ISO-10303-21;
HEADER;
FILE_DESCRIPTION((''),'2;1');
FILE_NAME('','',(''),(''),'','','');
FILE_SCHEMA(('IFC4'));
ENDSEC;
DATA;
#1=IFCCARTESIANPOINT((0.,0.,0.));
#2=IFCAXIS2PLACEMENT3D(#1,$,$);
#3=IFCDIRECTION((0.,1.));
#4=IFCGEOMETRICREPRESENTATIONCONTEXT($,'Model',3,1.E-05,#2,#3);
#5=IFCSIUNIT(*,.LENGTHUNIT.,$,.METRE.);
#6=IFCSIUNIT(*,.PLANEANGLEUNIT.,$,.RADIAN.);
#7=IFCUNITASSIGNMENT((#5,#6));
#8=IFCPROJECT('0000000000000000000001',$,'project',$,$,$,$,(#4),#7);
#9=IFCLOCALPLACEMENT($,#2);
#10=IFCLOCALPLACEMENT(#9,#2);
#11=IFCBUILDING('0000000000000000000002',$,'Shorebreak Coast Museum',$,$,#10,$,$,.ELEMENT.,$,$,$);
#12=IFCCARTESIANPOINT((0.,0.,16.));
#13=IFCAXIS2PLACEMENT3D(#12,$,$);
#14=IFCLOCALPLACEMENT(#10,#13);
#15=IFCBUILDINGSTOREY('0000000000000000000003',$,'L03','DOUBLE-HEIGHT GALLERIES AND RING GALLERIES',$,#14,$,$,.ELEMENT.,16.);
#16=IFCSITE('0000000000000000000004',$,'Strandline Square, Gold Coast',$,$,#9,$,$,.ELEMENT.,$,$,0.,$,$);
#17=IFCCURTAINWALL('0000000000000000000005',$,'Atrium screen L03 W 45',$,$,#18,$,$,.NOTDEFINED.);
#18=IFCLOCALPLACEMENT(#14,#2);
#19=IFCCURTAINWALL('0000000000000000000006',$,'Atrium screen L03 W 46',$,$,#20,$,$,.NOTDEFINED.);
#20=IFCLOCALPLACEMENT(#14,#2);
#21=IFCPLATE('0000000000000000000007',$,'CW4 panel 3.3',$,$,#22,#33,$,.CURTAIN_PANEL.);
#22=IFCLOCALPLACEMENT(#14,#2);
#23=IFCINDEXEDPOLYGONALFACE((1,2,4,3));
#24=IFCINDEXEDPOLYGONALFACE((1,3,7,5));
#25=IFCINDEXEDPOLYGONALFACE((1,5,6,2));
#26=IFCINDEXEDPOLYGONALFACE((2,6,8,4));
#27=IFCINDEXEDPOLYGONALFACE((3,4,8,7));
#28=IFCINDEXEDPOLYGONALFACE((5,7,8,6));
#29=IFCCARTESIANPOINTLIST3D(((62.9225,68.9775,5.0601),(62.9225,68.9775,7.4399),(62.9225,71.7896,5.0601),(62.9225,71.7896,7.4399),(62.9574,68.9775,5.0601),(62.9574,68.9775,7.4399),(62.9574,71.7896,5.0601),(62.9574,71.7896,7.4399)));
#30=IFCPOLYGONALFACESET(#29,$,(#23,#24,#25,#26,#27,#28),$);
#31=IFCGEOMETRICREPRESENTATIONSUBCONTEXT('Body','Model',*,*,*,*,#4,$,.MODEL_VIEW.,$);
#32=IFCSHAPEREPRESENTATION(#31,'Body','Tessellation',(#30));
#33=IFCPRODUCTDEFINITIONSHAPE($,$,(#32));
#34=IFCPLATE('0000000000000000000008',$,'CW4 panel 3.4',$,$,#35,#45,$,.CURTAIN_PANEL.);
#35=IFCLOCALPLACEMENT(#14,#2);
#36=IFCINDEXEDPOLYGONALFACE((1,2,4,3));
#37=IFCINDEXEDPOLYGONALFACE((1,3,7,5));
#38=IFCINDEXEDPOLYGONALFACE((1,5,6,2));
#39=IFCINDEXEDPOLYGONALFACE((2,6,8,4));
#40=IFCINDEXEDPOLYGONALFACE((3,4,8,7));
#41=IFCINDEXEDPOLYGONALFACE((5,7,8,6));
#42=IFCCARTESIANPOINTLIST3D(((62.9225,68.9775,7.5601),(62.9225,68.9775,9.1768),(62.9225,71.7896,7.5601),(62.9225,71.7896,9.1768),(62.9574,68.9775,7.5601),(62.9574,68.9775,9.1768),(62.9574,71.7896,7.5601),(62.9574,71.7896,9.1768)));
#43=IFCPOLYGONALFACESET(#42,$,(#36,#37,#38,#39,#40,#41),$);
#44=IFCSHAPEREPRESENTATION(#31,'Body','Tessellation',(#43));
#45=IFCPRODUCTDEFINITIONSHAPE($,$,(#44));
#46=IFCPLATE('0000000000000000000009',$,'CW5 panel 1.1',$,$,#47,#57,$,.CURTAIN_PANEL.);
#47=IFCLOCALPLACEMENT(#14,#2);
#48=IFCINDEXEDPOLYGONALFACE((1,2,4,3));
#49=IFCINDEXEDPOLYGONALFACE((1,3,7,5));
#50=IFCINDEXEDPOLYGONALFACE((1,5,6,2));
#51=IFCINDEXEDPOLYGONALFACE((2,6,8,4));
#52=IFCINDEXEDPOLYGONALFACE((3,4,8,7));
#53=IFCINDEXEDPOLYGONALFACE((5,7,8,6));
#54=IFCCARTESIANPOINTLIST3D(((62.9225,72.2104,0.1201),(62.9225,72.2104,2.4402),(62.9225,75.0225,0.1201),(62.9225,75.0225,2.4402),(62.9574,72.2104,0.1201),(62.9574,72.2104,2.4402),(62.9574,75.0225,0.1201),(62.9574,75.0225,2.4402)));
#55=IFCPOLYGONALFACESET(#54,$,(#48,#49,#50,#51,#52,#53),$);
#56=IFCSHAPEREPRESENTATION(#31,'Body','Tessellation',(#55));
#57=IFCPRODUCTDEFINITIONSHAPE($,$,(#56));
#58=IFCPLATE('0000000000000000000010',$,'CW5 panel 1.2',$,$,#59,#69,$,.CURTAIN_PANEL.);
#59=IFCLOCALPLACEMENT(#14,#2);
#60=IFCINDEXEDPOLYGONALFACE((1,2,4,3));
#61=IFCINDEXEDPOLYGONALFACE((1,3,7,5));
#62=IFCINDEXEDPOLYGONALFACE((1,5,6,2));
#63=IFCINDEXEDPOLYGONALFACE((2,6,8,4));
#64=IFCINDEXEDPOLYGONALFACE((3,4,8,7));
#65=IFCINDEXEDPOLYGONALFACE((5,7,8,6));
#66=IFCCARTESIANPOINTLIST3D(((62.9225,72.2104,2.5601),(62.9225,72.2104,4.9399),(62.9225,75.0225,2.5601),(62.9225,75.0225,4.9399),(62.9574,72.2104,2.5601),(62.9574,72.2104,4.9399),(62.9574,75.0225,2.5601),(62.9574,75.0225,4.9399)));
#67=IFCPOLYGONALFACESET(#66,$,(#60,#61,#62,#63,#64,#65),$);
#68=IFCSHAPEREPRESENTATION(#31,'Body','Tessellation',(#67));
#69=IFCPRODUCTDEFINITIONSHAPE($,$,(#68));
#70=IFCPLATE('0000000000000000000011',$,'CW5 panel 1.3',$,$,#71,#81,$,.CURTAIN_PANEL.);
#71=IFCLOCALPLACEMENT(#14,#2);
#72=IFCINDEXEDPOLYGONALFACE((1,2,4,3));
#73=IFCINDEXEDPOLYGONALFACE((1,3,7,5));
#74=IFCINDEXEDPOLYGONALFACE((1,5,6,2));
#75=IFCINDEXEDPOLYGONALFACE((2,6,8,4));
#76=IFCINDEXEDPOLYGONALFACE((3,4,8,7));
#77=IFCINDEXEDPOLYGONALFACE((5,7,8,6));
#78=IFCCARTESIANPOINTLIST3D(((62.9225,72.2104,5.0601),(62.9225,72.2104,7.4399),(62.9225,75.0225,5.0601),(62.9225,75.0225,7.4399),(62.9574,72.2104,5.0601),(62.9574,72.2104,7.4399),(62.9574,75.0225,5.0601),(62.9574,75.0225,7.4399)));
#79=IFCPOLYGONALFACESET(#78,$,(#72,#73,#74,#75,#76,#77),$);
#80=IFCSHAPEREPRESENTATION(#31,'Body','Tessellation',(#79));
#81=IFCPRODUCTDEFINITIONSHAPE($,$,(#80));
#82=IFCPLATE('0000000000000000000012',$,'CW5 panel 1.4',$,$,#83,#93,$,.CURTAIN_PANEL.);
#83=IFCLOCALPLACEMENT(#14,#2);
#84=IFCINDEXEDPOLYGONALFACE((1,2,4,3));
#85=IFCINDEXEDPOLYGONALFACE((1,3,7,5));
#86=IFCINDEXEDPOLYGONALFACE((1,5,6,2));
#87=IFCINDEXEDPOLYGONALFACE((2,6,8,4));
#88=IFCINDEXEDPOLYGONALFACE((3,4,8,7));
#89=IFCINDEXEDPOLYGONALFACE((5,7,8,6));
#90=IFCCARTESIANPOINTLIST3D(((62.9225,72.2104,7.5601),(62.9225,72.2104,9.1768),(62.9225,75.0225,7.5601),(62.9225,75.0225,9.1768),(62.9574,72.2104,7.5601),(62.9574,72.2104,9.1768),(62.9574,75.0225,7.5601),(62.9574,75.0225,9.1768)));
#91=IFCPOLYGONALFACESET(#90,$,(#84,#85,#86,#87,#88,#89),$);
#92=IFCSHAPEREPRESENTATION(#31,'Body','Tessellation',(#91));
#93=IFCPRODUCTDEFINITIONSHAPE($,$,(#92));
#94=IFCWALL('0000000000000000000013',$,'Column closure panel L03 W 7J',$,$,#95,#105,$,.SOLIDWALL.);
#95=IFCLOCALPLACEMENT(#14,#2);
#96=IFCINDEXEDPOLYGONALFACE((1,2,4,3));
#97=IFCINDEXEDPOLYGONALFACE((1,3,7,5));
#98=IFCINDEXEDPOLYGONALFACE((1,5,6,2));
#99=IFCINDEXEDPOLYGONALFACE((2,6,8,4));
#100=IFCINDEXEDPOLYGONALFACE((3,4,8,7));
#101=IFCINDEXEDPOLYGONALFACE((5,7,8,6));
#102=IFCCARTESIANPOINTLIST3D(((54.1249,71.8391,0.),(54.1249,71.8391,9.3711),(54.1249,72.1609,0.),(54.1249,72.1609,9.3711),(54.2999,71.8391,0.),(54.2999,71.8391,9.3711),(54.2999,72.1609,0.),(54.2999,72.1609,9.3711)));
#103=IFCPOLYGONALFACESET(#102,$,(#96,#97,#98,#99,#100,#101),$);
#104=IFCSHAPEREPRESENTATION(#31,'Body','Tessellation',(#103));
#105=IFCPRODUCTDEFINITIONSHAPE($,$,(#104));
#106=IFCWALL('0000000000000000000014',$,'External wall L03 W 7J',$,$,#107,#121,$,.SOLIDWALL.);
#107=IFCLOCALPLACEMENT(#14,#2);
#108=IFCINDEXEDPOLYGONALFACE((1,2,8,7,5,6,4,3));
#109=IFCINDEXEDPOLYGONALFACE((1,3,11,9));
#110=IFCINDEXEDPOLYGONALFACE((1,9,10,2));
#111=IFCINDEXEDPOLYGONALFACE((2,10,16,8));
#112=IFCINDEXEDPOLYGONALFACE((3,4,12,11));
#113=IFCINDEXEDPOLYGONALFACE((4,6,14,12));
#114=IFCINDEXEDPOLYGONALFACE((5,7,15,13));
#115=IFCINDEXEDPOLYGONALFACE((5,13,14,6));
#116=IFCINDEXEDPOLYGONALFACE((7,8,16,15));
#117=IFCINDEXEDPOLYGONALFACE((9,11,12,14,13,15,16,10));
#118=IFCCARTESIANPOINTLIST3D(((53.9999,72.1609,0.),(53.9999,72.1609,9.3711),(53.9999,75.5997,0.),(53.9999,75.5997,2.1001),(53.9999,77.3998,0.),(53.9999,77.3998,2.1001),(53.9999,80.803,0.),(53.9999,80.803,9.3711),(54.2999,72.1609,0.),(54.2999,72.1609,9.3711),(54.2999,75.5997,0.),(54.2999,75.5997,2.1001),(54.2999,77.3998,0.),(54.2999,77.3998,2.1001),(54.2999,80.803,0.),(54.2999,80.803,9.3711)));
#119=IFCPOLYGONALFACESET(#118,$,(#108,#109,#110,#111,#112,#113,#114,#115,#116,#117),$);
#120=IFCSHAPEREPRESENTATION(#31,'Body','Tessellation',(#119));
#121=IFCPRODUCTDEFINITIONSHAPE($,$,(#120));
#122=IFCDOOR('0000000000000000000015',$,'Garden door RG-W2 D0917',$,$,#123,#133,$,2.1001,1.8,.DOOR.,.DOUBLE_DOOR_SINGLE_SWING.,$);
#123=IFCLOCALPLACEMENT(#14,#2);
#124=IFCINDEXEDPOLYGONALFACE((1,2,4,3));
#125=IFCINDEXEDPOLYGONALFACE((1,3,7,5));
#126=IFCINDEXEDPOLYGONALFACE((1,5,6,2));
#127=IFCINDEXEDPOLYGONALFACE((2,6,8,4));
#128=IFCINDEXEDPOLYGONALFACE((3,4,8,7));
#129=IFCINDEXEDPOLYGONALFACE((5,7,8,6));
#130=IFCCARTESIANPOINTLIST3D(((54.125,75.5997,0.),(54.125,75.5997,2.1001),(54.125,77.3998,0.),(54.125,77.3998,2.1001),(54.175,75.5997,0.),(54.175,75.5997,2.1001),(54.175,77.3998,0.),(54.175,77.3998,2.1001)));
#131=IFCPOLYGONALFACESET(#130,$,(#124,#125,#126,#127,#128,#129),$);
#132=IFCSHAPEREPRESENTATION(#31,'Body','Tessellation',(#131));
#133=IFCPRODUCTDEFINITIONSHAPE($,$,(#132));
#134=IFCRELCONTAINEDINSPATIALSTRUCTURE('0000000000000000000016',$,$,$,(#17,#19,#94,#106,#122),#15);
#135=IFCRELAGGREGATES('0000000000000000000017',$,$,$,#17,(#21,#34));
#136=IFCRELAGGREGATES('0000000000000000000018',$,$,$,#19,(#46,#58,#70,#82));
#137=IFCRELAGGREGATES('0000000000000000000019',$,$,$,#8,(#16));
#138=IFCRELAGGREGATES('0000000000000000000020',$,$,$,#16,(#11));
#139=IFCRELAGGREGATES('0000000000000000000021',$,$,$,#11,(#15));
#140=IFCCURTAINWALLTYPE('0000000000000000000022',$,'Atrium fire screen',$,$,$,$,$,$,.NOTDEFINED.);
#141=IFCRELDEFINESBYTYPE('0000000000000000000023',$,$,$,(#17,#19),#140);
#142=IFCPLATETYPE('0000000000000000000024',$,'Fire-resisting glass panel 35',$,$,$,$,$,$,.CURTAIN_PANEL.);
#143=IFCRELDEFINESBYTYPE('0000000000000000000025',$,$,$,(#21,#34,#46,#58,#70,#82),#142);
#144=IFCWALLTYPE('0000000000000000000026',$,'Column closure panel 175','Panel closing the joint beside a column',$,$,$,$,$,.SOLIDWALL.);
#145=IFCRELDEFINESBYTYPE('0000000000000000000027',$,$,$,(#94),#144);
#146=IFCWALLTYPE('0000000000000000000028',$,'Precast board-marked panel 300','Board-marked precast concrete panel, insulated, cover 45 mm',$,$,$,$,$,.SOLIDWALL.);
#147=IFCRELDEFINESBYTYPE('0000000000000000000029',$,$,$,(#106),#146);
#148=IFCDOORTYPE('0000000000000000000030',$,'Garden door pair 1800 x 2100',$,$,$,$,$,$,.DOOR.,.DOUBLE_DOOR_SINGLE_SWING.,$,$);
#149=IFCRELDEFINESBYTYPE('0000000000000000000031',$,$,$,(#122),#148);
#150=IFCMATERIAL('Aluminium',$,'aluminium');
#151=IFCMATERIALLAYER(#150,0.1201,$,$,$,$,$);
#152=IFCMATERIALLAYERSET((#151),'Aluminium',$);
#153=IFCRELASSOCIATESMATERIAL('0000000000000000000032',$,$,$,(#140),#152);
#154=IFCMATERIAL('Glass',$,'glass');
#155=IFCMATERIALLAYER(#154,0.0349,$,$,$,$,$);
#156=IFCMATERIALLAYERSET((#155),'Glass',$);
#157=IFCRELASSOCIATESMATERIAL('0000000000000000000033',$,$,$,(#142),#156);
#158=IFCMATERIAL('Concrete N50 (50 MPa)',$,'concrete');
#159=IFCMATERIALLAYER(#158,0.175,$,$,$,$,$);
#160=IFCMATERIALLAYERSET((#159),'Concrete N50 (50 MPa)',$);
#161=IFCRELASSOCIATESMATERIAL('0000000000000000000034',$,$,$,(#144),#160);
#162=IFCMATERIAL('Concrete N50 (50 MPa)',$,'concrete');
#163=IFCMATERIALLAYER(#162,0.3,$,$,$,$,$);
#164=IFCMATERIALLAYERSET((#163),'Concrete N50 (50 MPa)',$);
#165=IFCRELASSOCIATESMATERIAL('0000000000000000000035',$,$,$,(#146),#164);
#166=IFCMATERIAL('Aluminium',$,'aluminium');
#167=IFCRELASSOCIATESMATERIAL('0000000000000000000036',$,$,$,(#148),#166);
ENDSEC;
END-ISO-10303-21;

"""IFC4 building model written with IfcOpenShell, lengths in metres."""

from ifc_helpers import new_model, si_unit, direction, frame, frame_2d, origin, origin_2d, place, context, subcontext, project, spatial, rectangle, extrude, material, layer, layer_set, type_object, element, fill, aggregate, save


model = new_model("IFC4")

# Units and contexts
model_context = context("Model", 3, precision=1e-05, world=origin(), true_north=direction((0.0, 1.0)))
body_context = subcontext(model_context, "Body", "Model", "MODEL_VIEW")
ifc_project = project(units=[si_unit("LENGTHUNIT", "METRE"), si_unit("PLANEANGLEUNIT", "RADIAN")], contexts=[model_context])

# Site, building, storey
site_placement = place(None, origin())
site = spatial("IfcSite", under=ifc_project, at=site_placement, Name="Strandline Square, Gold Coast", CompositionType="ELEMENT", RefElevation=0.0)
building_placement = place(site_placement, origin())
building = spatial("IfcBuilding", under=site, at=building_placement, Name="Shorebreak Coast Museum", CompositionType="ELEMENT")
storey_placement = place(building_placement, frame((0.0, 0.0, 16.0)))
storey = spatial("IfcBuildingStorey", under=building, at=storey_placement, Name="L03", Description="DOUBLE-HEIGHT GALLERIES AND RING GALLERIES", CompositionType="ELEMENT", Elevation=16.0)

# Curtain walls
ifc_material_1 = material(Name="Aluminium", Category="aluminium")
ifc_layer_1 = layer(ifc_material_1, 0.1201)
ifc_layer_set_1 = layer_set([ifc_layer_1], Name="Aluminium")
curtain_wall_type = type_object("IfcCurtainWallType", Name="Atrium fire screen", PredefinedType="NOTDEFINED", material=ifc_layer_set_1)
curtain_wall_1_placement = place(storey_placement, origin())
curtain_wall_1 = element("IfcCurtainWall", 1, at=curtain_wall_1_placement, inside=storey, type_object=curtain_wall_type, Name="Atrium screen L03 W 45", PredefinedType="NOTDEFINED")
curtain_wall_2_placement = place(storey_placement, origin())
curtain_wall_2 = element("IfcCurtainWall", 2, at=curtain_wall_2_placement, inside=storey, type_object=curtain_wall_type, Name="Atrium screen L03 W 46", PredefinedType="NOTDEFINED")

# Plates
ifc_material_2 = material(Name="Glass", Category="glass")
ifc_layer_2 = layer(ifc_material_2, 0.0349)
ifc_layer_set_2 = layer_set([ifc_layer_2], Name="Glass")
plate_type = type_object("IfcPlateType", Name="Fire-resisting glass panel 35", PredefinedType="CURTAIN_PANEL", material=ifc_layer_set_2)
plate_1_placement = place(storey_placement, frame((62.9399, 70.3835, 5.0601), z_axis=(0.0, 0.0, 1.0), x_axis=(0.0, 1.0, 0.0)))
plate_1 = element("IfcPlate", 3, at=plate_1_placement, type_object=plate_type, Name="CW4 panel 3.3", PredefinedType="CURTAIN_PANEL", context=body_context, shape_type="SweptSolid", body=[
    extrude(rectangle(XDim=2.812, YDim=0.0349, at=origin_2d()), origin(), (0.0, 0.0, 1.0), 2.3799),
])
plate_2_placement = place(storey_placement, frame((62.9399, 70.3835, 7.5601), z_axis=(0.0, 0.0, 1.0), x_axis=(0.0, 1.0, 0.0)))
plate_2 = element("IfcPlate", 4, at=plate_2_placement, type_object=plate_type, Name="CW4 panel 3.4", PredefinedType="CURTAIN_PANEL", context=body_context, shape_type="SweptSolid", body=[
    extrude(rectangle(XDim=2.812, YDim=0.0349, at=origin_2d()), origin(), (0.0, 0.0, 1.0), 1.6167),
])
aggregate(curtain_wall_1, [plate_1, plate_2])
plate_3_placement = place(storey_placement, frame((62.9399, 73.6165, 0.1201), z_axis=(0.0, 0.0, 1.0), x_axis=(0.0, 1.0, 0.0)))
plate_3 = element("IfcPlate", 5, at=plate_3_placement, type_object=plate_type, Name="CW5 panel 1.1", PredefinedType="CURTAIN_PANEL", context=body_context, shape_type="SweptSolid", body=[
    extrude(rectangle(XDim=2.812, YDim=0.0349, at=origin_2d()), origin(), (0.0, 0.0, 1.0), 2.3201),
])
plate_4_placement = place(storey_placement, frame((62.9399, 73.6165, 2.5601), z_axis=(0.0, 0.0, 1.0), x_axis=(0.0, 1.0, 0.0)))
plate_4 = element("IfcPlate", 6, at=plate_4_placement, type_object=plate_type, Name="CW5 panel 1.2", PredefinedType="CURTAIN_PANEL", context=body_context, shape_type="SweptSolid", body=[
    extrude(rectangle(XDim=2.812, YDim=0.0349, at=origin_2d()), origin(), (0.0, 0.0, 1.0), 2.3799),
])
plate_5_placement = place(storey_placement, frame((62.9399, 73.6165, 5.0601), z_axis=(0.0, 0.0, 1.0), x_axis=(0.0, 1.0, 0.0)))
plate_5 = element("IfcPlate", 7, at=plate_5_placement, type_object=plate_type, Name="CW5 panel 1.3", PredefinedType="CURTAIN_PANEL", context=body_context, shape_type="SweptSolid", body=[
    extrude(rectangle(XDim=2.812, YDim=0.0349, at=origin_2d()), origin(), (0.0, 0.0, 1.0), 2.3799),
])
plate_6_placement = place(storey_placement, frame((62.9399, 73.6165, 7.5601), z_axis=(0.0, 0.0, 1.0), x_axis=(0.0, 1.0, 0.0)))
plate_6 = element("IfcPlate", 8, at=plate_6_placement, type_object=plate_type, Name="CW5 panel 1.4", PredefinedType="CURTAIN_PANEL", context=body_context, shape_type="SweptSolid", body=[
    extrude(rectangle(XDim=2.812, YDim=0.0349, at=origin_2d()), origin(), (0.0, 0.0, 1.0), 1.6167),
])
aggregate(curtain_wall_2, [plate_3, plate_4, plate_5, plate_6])

# Wall
ifc_material_3 = material(Name="Concrete N50 (50 MPa)", Category="concrete")
ifc_layer_3 = layer(ifc_material_3, 0.175)
ifc_layer_set_3 = layer_set([ifc_layer_3], Name="Concrete N50 (50 MPa)")
wall_type_1 = type_object("IfcWallType", Name="Column closure panel 175", Description="Panel closing the joint beside a column", PredefinedType="SOLIDWALL", material=ifc_layer_set_3)
wall_1_placement = place(storey_placement, frame((54.2124, 71.8391, 0.0), z_axis=(0.0, 0.0, 1.0), x_axis=(0.0, 1.0, 0.0)))
element("IfcWall", 9, at=wall_1_placement, inside=storey, type_object=wall_type_1, Name="Column closure panel L03 W 7J", PredefinedType="SOLIDWALL", context=body_context, shape_type="SweptSolid", body=[
    extrude(rectangle(XDim=0.3218, YDim=0.175, at=frame_2d((0.1609, 0.0))), origin(), (0.0, 0.0, 1.0), 9.3711),
])

# Wall, opening, door
ifc_material_4 = material(Name="Concrete N50 (50 MPa)", Category="concrete")
ifc_layer_4 = layer(ifc_material_4, 0.3)
ifc_layer_set_4 = layer_set([ifc_layer_4], Name="Concrete N50 (50 MPa)")
wall_type_2 = type_object("IfcWallType", Name="Precast board-marked panel 300", Description="Board-marked precast concrete panel, insulated, cover 45 mm", PredefinedType="SOLIDWALL", material=ifc_layer_set_4)
wall_2_placement = place(storey_placement, frame((54.1499, 72.1609, 0.0), z_axis=(0.0, 0.0, 1.0), x_axis=(0.0, 1.0, 0.0)))
wall_2 = element("IfcWall", 10, at=wall_2_placement, inside=storey, type_object=wall_type_2, Name="External wall L03 W 7J", PredefinedType="SOLIDWALL", context=body_context, shape_type="SweptSolid", body=[
    extrude(rectangle(XDim=8.6421, YDim=0.3, at=frame_2d((4.321, 0.0))), origin(), (0.0, 0.0, 1.0), 9.3711),
])
opening_placement = place(wall_2_placement, frame((3.439, 0.0, 0.0)))
opening = element("IfcOpeningElement", 11, at=opening_placement, cuts=wall_2, PredefinedType="OPENING", context=body_context, shape_type="SweptSolid", body=[
    extrude(rectangle(XDim=1.8, YDim=2.1001, at=frame_2d((0.8999, 1.05))), frame((0.0, 0.1599, 0.0), z_axis=(0.0, -1.0, 0.0), x_axis=(1.0, 0.0, 0.0)), (0.0, 0.0, 1.0), 0.3201),
])
ifc_material_5 = material(Name="Aluminium", Category="aluminium")
door_type = type_object("IfcDoorType", Name="Garden door pair 1800 x 2100", OperationType="DOUBLE_DOOR_SINGLE_SWING", PredefinedType="DOOR", material=ifc_material_5)
door_placement = place(opening_placement, origin())
door = element("IfcDoor", 12, at=door_placement, inside=storey, type_object=door_type, Name="Garden door RG-W2 D0917", OperationType="DOUBLE_DOOR_SINGLE_SWING", OverallHeight=2.1001, OverallWidth=1.8, PredefinedType="DOOR", context=body_context, shape_type="SweptSolid", body=[
    extrude(rectangle(XDim=1.8, YDim=2.1001, at=frame_2d((0.8999, 1.05))), frame((0.0, 0.0249, 0.0), z_axis=(0.0, -1.0, 0.0), x_axis=(1.0, 0.0, 0.0)), (0.0, 0.0, 1.0), 0.05),
])
fill(opening, door)

save(model, "model.ifc")
